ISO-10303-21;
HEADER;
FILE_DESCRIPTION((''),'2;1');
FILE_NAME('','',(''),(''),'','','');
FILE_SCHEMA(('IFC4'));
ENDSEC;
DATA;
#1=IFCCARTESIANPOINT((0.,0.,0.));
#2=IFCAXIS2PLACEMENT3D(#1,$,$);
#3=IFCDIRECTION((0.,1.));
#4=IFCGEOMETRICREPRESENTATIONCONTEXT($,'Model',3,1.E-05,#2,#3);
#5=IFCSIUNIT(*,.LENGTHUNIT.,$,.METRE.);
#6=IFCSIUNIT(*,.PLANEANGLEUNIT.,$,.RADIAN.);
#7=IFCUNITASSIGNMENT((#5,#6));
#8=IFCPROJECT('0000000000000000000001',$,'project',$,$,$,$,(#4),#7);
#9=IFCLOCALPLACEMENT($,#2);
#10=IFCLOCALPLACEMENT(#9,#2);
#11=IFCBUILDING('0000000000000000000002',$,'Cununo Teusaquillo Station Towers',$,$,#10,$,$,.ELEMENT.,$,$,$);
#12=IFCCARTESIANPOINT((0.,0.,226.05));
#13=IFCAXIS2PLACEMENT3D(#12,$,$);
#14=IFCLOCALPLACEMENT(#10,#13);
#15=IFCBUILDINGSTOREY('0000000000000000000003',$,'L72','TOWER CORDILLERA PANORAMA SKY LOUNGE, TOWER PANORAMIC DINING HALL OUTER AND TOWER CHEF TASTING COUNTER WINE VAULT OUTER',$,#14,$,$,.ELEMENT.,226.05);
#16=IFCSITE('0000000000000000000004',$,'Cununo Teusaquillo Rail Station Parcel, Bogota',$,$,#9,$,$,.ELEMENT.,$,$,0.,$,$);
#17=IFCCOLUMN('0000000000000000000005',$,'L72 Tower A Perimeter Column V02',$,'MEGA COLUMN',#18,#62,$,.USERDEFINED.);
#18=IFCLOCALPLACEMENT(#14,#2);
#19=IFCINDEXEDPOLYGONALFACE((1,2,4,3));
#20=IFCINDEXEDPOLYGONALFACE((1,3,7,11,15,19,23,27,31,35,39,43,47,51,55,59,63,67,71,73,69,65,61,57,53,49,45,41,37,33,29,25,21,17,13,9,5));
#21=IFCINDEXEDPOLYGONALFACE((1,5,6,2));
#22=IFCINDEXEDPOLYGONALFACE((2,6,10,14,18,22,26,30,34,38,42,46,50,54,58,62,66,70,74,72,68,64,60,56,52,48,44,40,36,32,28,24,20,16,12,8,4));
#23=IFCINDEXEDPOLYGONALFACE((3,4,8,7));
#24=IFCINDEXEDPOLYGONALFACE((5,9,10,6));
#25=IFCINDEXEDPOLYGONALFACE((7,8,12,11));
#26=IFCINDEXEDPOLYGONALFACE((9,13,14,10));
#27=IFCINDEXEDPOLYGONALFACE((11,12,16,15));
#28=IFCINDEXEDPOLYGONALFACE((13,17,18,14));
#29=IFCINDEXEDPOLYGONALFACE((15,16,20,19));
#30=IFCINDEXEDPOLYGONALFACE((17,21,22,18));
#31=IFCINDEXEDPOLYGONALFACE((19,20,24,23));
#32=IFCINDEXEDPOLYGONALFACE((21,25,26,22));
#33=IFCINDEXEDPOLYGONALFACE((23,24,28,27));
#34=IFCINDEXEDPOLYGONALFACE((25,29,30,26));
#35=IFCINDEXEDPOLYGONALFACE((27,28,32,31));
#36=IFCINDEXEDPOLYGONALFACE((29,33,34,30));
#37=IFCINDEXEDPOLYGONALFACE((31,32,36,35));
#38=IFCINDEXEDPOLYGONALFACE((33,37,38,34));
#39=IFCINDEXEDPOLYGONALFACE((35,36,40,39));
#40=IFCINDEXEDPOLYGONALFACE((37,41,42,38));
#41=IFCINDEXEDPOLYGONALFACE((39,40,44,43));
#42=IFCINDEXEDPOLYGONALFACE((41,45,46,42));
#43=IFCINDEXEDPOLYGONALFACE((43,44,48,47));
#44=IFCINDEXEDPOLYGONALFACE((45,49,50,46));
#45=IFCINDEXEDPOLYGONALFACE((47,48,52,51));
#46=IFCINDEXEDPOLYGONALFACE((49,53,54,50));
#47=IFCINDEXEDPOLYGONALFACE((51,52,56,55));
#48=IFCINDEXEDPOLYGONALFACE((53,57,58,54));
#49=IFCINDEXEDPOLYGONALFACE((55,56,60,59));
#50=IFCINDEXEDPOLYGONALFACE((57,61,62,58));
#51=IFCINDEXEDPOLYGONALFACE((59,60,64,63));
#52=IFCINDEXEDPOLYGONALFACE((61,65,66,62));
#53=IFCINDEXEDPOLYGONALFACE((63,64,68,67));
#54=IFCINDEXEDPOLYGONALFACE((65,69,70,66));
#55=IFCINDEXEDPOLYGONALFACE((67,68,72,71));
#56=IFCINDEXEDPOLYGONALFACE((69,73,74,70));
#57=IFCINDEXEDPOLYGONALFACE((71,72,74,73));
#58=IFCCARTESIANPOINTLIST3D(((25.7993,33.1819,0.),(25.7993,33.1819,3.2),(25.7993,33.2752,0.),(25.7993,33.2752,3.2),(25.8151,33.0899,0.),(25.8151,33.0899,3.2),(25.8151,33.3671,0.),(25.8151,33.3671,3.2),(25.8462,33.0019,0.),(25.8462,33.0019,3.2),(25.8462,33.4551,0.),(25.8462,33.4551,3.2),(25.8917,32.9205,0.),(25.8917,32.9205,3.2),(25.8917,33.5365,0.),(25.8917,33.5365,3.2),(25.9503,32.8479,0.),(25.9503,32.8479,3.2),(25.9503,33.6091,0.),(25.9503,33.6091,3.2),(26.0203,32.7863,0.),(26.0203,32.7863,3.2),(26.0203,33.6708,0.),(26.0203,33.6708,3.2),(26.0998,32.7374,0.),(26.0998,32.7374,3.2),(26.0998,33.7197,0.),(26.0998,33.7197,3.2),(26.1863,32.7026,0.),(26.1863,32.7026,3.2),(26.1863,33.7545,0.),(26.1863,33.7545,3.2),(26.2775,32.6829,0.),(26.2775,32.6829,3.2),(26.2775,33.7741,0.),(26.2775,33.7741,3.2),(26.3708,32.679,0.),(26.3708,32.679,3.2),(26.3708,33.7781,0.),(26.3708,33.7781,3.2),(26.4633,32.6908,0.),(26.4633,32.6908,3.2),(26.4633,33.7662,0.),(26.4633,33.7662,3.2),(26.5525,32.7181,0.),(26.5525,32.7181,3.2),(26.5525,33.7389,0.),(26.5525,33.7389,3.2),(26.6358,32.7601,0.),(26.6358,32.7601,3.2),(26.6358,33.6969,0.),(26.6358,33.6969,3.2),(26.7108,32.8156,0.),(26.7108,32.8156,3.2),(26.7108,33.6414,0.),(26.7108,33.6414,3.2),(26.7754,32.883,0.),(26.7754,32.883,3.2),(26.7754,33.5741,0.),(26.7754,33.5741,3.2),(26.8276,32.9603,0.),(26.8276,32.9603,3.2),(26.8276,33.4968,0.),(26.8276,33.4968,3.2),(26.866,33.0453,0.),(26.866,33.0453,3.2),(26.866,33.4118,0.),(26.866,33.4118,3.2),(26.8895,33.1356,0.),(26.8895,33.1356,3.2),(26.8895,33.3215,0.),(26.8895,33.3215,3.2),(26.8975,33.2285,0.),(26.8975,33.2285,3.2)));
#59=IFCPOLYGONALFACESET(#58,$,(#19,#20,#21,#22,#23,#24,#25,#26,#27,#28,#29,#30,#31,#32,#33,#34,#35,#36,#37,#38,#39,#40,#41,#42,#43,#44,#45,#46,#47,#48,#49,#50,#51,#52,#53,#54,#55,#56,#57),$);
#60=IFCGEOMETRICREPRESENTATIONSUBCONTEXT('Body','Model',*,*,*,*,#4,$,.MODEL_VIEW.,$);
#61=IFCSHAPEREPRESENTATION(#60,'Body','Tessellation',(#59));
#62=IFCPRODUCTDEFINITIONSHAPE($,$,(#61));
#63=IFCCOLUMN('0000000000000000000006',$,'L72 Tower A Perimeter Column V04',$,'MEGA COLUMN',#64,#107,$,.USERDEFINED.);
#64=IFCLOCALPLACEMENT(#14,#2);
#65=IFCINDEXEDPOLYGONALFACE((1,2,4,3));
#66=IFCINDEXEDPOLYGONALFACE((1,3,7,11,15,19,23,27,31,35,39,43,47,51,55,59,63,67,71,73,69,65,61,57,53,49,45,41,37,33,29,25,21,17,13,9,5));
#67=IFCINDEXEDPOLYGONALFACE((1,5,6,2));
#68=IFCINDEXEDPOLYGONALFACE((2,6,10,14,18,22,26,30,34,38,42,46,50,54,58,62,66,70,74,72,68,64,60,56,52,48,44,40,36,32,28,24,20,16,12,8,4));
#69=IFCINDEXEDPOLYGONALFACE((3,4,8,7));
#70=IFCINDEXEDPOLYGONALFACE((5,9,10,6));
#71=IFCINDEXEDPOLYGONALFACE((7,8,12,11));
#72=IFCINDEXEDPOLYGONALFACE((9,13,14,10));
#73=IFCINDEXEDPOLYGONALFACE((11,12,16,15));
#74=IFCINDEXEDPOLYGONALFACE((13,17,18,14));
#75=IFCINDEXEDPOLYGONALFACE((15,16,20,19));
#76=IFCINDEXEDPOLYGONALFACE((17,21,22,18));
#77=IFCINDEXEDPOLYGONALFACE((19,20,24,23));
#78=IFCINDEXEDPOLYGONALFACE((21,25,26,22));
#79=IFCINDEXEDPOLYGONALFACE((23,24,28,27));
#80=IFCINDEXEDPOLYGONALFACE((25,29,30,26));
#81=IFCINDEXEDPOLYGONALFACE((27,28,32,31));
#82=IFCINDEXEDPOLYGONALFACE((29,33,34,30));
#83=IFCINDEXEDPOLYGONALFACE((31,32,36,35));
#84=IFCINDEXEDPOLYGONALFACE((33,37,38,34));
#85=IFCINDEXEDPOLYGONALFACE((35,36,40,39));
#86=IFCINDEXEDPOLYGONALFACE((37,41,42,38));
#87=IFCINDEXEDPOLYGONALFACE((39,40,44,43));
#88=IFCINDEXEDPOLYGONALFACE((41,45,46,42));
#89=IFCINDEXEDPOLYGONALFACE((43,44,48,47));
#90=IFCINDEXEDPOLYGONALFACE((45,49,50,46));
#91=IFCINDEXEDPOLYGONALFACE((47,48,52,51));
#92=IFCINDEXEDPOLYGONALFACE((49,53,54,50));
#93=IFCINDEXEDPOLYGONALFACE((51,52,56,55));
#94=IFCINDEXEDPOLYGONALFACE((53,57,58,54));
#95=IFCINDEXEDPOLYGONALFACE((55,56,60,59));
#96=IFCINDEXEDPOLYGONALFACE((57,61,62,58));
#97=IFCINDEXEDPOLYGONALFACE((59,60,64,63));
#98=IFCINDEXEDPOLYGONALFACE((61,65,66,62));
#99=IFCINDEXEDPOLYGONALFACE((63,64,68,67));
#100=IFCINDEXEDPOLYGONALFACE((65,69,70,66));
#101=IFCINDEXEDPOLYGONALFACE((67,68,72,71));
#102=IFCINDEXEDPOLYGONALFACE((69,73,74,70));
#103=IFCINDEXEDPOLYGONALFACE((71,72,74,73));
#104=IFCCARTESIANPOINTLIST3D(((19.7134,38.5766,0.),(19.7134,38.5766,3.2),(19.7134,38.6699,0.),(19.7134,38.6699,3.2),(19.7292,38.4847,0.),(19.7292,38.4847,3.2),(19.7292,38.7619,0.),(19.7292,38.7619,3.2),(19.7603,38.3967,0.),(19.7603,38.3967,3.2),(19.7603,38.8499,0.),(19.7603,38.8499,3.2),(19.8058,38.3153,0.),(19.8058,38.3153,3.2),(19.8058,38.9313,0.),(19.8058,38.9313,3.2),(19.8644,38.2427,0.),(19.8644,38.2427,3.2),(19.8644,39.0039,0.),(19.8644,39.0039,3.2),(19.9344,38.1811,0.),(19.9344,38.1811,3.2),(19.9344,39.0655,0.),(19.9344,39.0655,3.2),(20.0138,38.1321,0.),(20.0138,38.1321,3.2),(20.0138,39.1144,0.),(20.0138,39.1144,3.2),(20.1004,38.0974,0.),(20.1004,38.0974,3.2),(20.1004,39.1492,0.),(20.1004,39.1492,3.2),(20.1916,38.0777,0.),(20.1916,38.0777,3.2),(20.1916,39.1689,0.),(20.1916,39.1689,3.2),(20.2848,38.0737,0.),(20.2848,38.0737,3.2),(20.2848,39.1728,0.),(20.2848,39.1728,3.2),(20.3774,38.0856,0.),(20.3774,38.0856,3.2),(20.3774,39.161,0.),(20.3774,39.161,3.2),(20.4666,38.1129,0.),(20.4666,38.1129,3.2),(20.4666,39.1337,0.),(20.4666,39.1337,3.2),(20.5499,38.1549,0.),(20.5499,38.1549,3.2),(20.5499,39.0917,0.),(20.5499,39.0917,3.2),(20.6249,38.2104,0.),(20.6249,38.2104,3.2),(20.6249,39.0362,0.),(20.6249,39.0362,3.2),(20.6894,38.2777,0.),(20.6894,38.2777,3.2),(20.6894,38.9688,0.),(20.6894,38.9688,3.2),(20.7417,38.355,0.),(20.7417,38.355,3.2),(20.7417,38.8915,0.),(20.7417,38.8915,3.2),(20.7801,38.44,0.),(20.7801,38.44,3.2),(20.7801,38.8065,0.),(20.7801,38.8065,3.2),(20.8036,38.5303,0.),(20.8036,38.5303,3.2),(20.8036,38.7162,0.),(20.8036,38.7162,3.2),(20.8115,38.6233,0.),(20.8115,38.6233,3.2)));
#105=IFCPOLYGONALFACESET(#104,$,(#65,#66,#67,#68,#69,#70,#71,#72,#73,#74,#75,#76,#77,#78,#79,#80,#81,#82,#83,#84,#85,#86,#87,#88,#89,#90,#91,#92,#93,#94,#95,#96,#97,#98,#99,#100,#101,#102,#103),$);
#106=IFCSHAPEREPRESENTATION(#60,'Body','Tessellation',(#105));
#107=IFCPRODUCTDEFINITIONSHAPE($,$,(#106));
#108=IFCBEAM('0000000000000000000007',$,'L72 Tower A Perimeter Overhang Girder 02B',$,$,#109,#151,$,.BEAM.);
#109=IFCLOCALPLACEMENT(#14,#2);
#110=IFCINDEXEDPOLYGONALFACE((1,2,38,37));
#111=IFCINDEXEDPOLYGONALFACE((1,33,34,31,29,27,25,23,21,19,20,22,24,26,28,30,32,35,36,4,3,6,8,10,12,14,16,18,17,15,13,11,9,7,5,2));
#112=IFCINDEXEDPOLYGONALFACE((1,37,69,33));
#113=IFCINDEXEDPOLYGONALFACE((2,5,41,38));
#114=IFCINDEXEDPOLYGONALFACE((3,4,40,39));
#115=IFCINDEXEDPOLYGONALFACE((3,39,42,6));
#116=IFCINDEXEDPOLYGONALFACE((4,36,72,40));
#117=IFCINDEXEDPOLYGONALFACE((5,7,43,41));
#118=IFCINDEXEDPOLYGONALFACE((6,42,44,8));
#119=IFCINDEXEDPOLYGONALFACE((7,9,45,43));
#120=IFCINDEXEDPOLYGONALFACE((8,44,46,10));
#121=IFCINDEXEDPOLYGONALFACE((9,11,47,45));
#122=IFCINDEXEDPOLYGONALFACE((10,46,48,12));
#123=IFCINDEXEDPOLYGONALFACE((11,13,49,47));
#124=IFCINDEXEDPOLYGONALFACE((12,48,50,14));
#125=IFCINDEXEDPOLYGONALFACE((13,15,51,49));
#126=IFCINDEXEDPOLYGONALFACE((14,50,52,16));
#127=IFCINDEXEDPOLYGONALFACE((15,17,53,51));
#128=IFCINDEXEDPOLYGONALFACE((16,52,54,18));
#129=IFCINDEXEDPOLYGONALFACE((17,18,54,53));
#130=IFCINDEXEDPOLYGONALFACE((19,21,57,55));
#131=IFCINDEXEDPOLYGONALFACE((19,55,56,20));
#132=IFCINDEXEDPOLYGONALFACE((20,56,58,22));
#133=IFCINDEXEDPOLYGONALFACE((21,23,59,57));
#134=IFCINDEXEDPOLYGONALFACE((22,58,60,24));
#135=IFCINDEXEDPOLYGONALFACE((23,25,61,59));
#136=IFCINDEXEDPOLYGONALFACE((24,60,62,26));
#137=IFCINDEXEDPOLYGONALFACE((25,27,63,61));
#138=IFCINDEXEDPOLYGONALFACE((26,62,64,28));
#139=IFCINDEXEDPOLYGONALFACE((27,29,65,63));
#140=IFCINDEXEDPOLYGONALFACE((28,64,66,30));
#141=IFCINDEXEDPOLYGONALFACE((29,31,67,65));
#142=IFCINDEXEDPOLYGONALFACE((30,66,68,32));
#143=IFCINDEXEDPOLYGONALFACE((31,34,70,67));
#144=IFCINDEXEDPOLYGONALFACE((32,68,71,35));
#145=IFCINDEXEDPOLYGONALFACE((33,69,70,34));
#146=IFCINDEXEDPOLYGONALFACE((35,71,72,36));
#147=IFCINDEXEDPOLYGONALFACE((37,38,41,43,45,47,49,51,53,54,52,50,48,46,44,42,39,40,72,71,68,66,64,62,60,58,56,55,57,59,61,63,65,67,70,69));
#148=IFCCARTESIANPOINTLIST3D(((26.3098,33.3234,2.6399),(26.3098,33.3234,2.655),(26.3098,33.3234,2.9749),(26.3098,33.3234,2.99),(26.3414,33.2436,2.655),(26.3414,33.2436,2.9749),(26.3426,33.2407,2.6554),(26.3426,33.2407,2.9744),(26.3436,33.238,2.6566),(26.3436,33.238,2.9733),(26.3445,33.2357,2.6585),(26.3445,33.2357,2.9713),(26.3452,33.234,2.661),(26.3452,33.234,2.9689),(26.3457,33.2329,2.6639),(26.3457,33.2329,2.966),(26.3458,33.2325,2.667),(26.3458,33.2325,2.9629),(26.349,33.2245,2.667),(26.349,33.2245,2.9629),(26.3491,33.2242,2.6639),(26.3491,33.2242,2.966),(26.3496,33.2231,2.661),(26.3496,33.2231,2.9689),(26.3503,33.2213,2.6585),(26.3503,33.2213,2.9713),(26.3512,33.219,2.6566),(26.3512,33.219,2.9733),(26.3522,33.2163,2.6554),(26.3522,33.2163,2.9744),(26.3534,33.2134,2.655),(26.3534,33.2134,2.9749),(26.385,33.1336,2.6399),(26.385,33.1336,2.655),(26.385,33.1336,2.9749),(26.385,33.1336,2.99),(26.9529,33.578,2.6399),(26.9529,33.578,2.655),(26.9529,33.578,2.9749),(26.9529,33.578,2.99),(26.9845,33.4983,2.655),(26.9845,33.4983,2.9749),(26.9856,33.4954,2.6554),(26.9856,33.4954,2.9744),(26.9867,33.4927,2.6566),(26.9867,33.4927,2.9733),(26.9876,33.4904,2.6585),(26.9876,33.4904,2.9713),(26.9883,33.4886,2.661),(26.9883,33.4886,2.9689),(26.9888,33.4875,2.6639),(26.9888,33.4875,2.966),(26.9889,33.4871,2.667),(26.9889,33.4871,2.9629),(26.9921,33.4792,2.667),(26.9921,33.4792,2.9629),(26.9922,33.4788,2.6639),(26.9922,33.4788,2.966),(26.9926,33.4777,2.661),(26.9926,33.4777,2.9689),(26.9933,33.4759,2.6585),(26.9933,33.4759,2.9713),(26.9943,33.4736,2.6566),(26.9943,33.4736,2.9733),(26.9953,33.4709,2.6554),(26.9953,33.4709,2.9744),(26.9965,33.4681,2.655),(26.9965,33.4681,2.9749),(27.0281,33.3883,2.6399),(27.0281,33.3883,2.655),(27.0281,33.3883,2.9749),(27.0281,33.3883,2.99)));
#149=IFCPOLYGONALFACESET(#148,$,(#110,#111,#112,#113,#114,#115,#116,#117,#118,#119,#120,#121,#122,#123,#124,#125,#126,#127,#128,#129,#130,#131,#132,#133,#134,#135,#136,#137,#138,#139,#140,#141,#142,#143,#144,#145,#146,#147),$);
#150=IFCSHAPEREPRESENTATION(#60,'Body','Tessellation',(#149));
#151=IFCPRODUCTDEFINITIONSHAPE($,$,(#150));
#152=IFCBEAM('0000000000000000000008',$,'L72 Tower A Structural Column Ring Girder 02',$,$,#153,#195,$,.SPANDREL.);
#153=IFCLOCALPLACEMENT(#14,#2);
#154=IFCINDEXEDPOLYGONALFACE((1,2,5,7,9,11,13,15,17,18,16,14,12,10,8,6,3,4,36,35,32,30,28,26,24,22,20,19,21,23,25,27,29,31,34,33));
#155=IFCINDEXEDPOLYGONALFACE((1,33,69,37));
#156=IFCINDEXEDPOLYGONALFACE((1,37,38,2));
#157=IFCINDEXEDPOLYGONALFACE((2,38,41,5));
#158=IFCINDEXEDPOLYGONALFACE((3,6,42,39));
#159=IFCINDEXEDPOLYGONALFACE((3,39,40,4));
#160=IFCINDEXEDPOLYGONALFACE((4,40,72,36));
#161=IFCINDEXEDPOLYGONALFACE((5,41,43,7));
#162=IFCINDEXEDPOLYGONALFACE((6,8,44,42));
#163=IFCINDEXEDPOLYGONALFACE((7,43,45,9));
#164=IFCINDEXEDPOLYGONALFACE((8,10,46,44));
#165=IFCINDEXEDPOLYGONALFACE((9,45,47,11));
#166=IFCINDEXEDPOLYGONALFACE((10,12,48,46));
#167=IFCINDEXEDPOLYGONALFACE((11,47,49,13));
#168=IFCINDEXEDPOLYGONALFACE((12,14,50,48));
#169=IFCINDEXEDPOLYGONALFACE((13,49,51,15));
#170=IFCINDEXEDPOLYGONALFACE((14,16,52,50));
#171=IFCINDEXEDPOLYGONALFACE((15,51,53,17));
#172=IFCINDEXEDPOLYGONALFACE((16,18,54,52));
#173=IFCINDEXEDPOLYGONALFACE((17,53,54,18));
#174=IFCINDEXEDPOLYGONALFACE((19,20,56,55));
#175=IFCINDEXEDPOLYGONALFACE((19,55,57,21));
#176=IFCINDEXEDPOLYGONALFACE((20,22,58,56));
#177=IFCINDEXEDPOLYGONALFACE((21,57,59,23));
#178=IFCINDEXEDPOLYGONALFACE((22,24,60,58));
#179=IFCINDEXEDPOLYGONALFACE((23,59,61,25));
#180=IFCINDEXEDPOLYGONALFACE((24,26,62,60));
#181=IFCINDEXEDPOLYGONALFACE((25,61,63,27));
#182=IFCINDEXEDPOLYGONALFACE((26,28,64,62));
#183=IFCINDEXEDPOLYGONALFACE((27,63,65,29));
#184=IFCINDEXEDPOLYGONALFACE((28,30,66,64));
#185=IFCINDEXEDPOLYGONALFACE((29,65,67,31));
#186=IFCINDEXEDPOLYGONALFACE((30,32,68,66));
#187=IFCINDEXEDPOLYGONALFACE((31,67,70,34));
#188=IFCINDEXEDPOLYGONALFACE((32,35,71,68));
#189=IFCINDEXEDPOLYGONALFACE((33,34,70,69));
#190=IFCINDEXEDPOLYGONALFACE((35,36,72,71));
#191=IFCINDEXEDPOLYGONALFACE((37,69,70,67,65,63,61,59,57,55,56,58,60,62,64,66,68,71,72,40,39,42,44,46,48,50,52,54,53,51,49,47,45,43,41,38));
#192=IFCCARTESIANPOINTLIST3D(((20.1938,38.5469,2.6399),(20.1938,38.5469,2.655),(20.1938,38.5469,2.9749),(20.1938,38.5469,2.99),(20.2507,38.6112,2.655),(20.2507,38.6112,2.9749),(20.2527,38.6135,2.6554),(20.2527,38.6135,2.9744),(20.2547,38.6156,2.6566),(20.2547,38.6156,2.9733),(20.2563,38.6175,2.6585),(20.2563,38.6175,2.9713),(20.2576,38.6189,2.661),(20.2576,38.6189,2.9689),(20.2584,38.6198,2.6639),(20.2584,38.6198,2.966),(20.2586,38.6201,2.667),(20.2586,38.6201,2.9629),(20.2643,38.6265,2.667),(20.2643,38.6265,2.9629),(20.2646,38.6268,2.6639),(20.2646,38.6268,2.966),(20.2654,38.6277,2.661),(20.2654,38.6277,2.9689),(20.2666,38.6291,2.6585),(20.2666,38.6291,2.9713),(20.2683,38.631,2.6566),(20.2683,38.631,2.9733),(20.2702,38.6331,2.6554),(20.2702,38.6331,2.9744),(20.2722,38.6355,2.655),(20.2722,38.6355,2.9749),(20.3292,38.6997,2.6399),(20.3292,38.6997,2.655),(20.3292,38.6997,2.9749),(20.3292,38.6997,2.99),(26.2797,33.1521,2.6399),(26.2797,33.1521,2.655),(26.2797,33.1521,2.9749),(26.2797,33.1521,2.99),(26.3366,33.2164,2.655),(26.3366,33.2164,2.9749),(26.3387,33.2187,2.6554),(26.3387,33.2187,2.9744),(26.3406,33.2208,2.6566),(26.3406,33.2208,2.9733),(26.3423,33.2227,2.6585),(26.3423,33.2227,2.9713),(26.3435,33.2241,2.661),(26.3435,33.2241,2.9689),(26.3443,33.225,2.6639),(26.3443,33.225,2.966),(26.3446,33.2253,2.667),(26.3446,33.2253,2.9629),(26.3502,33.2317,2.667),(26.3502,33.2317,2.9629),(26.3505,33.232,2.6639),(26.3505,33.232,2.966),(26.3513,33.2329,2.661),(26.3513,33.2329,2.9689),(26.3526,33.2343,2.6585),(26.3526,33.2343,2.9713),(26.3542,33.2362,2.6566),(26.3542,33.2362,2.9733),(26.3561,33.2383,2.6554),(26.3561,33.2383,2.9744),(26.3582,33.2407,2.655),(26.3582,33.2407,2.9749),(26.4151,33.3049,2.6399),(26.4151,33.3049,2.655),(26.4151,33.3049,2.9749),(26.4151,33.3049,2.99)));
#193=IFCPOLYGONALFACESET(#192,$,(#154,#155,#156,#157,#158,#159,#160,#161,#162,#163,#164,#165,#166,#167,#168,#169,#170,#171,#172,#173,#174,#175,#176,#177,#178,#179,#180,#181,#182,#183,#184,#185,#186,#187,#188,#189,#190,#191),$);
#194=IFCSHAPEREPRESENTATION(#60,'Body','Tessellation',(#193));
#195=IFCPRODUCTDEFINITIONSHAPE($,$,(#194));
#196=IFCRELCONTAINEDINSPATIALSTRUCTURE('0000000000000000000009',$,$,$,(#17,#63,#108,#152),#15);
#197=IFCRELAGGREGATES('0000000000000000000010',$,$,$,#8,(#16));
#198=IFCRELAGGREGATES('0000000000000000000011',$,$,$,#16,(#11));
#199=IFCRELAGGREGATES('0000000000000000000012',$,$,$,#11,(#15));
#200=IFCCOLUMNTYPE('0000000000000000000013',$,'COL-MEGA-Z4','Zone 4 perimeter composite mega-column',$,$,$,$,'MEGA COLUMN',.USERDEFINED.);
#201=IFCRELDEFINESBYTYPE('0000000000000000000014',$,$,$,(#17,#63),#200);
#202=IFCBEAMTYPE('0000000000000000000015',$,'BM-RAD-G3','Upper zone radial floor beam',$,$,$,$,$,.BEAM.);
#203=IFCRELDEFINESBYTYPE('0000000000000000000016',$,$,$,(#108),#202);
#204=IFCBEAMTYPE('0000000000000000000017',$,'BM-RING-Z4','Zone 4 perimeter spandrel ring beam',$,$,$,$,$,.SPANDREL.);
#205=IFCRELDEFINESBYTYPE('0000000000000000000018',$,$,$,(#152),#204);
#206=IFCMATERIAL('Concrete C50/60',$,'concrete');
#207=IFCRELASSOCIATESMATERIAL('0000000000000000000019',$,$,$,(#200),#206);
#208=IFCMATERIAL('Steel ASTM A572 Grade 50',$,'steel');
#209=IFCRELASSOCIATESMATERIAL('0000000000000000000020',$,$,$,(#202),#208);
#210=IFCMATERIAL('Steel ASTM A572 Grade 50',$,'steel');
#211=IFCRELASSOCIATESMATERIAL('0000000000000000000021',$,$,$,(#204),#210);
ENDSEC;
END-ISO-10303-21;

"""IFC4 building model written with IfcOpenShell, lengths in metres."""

from ifc_helpers import new_model, si_unit, direction, frame, origin, origin_2d, place, context, subcontext, project, spatial, circle, i_section, extrude, material, material_profile, profile_set, type_object, element, save


model = new_model("IFC4")

# Units and contexts
model_context = context("Model", 3, precision=1e-05, world=origin(), true_north=direction((0.0, 1.0)))
body_context = subcontext(model_context, "Body", "Model", "MODEL_VIEW")
ifc_project = project(units=[si_unit("LENGTHUNIT", "METRE"), si_unit("PLANEANGLEUNIT", "RADIAN")], contexts=[model_context])

# Site, building, storey
site_placement = place(None, origin())
site = spatial("IfcSite", under=ifc_project, at=site_placement, Name="Cununo Teusaquillo Rail Station Parcel, Bogota", CompositionType="ELEMENT", RefElevation=0.0)
building_placement = place(site_placement, origin())
building = spatial("IfcBuilding", under=site, at=building_placement, Name="Cununo Teusaquillo Station Towers", CompositionType="ELEMENT")
storey_placement = place(building_placement, frame((0.0, 0.0, 226.05)))
storey = spatial("IfcBuildingStorey", under=building, at=storey_placement, Name="L72", Description="TOWER CORDILLERA PANORAMA SKY LOUNGE, TOWER PANORAMIC DINING HALL OUTER AND TOWER CHEF TASTING COUNTER WINE VAULT OUTER", CompositionType="ELEMENT", Elevation=226.05)

# Columns
ifc_material_1 = material(Name="Concrete C50/60", Category="concrete")
ifc_material_profile_1 = material_profile(ifc_material_1, circle(Radius=0.55, at=origin_2d()), Name="RC-CIRC-1100")
ifc_profile_set_1 = profile_set([ifc_material_profile_1], Name="Concrete C50/60")
column_type = type_object("IfcColumnType", Name="COL-MEGA-Z4", Description="Zone 4 perimeter composite mega-column", ElementType="MEGA COLUMN", PredefinedType="USERDEFINED", material=ifc_profile_set_1)
for number, where, z_axis, x_axis, name in (
    (1, (26.3474, 33.2285, 0.0), (0.0, 0.0, 1.0), (1.0, 0.0, 0.0), "L72 Tower A Perimeter Column V02"),
    (2, (20.2615, 38.6233, 0.0), (0.0, 0.0, 1.0), (1.0, 0.0, 0.0), "L72 Tower A Perimeter Column V04"),
):
    element("IfcColumn", number, at=place(storey_placement, frame(where, z_axis=z_axis, x_axis=x_axis)), inside=storey, type_object=column_type, Name=name, ObjectType="MEGA COLUMN", PredefinedType="USERDEFINED", context=body_context, shape_type="SweptSolid", body=[
        extrude(circle(Radius=0.55, at=origin_2d()), origin(), (0.0, 0.0, 1.0), 3.2),
    ])

# Beams
ifc_material_2 = material(Name="Steel ASTM A572 Grade 50", Category="steel")
ifc_material_profile_2 = material_profile(ifc_material_2, i_section(OverallWidth=0.2041, OverallDepth=0.3501, WebThickness=0.0085, FlangeThickness=0.0151, FilletRadius=0.012, at=origin_2d()), Name="W14X48")
ifc_profile_set_2 = profile_set([ifc_material_profile_2], Name="Steel ASTM A572 Grade 50")
beam_type_1 = type_object("IfcBeamType", Name="BM-RAD-G3", Description="Upper zone radial floor beam", PredefinedType="BEAM", material=ifc_profile_set_2)
beam_1_placement = place(storey_placement, frame((26.3474, 33.2285, 2.8149), z_axis=(0.929761, 0.368163, 0.0), x_axis=(-0.368163, 0.929761, 0.0)))
element("IfcBeam", 3, at=beam_1_placement, inside=storey, type_object=beam_type_1, Name="L72 Tower A Perimeter Overhang Girder 02B", PredefinedType="BEAM", context=body_context, shape_type="SweptSolid", body=[
    extrude(i_section(OverallWidth=0.2041, OverallDepth=0.3501, WebThickness=0.0085, FlangeThickness=0.0151, FilletRadius=0.012, at=origin_2d()), origin(), (0.0, 0.0, 1.0), 0.6917),
])
ifc_material_3 = material(Name="Steel ASTM A572 Grade 50", Category="steel")
ifc_material_profile_3 = material_profile(ifc_material_3, i_section(OverallWidth=0.2041, OverallDepth=0.3501, WebThickness=0.0085, FlangeThickness=0.0151, FilletRadius=0.012, at=origin_2d()), Name="W14X48")
ifc_profile_set_3 = profile_set([ifc_material_profile_3], Name="Steel ASTM A572 Grade 50")
beam_type_2 = type_object("IfcBeamType", Name="BM-RING-Z4", Description="Zone 4 perimeter spandrel ring beam", PredefinedType="SPANDREL", material=ifc_profile_set_3)
beam_2_placement = place(storey_placement, frame((26.3474, 33.2285, 2.8149), z_axis=(-0.748321, 0.663337, 0.0), x_axis=(-0.663337, -0.748321, 0.0)))
element("IfcBeam", 4, at=beam_2_placement, inside=storey, type_object=beam_type_2, Name="L72 Tower A Structural Column Ring Girder 02", PredefinedType="SPANDREL", context=body_context, shape_type="SweptSolid", body=[
    extrude(i_section(OverallWidth=0.2041, OverallDepth=0.3501, WebThickness=0.0085, FlangeThickness=0.0151, FilletRadius=0.012, at=origin_2d()), origin(), (0.0, 0.0, 1.0), 8.1328),
])

save(model, "model.ifc")
